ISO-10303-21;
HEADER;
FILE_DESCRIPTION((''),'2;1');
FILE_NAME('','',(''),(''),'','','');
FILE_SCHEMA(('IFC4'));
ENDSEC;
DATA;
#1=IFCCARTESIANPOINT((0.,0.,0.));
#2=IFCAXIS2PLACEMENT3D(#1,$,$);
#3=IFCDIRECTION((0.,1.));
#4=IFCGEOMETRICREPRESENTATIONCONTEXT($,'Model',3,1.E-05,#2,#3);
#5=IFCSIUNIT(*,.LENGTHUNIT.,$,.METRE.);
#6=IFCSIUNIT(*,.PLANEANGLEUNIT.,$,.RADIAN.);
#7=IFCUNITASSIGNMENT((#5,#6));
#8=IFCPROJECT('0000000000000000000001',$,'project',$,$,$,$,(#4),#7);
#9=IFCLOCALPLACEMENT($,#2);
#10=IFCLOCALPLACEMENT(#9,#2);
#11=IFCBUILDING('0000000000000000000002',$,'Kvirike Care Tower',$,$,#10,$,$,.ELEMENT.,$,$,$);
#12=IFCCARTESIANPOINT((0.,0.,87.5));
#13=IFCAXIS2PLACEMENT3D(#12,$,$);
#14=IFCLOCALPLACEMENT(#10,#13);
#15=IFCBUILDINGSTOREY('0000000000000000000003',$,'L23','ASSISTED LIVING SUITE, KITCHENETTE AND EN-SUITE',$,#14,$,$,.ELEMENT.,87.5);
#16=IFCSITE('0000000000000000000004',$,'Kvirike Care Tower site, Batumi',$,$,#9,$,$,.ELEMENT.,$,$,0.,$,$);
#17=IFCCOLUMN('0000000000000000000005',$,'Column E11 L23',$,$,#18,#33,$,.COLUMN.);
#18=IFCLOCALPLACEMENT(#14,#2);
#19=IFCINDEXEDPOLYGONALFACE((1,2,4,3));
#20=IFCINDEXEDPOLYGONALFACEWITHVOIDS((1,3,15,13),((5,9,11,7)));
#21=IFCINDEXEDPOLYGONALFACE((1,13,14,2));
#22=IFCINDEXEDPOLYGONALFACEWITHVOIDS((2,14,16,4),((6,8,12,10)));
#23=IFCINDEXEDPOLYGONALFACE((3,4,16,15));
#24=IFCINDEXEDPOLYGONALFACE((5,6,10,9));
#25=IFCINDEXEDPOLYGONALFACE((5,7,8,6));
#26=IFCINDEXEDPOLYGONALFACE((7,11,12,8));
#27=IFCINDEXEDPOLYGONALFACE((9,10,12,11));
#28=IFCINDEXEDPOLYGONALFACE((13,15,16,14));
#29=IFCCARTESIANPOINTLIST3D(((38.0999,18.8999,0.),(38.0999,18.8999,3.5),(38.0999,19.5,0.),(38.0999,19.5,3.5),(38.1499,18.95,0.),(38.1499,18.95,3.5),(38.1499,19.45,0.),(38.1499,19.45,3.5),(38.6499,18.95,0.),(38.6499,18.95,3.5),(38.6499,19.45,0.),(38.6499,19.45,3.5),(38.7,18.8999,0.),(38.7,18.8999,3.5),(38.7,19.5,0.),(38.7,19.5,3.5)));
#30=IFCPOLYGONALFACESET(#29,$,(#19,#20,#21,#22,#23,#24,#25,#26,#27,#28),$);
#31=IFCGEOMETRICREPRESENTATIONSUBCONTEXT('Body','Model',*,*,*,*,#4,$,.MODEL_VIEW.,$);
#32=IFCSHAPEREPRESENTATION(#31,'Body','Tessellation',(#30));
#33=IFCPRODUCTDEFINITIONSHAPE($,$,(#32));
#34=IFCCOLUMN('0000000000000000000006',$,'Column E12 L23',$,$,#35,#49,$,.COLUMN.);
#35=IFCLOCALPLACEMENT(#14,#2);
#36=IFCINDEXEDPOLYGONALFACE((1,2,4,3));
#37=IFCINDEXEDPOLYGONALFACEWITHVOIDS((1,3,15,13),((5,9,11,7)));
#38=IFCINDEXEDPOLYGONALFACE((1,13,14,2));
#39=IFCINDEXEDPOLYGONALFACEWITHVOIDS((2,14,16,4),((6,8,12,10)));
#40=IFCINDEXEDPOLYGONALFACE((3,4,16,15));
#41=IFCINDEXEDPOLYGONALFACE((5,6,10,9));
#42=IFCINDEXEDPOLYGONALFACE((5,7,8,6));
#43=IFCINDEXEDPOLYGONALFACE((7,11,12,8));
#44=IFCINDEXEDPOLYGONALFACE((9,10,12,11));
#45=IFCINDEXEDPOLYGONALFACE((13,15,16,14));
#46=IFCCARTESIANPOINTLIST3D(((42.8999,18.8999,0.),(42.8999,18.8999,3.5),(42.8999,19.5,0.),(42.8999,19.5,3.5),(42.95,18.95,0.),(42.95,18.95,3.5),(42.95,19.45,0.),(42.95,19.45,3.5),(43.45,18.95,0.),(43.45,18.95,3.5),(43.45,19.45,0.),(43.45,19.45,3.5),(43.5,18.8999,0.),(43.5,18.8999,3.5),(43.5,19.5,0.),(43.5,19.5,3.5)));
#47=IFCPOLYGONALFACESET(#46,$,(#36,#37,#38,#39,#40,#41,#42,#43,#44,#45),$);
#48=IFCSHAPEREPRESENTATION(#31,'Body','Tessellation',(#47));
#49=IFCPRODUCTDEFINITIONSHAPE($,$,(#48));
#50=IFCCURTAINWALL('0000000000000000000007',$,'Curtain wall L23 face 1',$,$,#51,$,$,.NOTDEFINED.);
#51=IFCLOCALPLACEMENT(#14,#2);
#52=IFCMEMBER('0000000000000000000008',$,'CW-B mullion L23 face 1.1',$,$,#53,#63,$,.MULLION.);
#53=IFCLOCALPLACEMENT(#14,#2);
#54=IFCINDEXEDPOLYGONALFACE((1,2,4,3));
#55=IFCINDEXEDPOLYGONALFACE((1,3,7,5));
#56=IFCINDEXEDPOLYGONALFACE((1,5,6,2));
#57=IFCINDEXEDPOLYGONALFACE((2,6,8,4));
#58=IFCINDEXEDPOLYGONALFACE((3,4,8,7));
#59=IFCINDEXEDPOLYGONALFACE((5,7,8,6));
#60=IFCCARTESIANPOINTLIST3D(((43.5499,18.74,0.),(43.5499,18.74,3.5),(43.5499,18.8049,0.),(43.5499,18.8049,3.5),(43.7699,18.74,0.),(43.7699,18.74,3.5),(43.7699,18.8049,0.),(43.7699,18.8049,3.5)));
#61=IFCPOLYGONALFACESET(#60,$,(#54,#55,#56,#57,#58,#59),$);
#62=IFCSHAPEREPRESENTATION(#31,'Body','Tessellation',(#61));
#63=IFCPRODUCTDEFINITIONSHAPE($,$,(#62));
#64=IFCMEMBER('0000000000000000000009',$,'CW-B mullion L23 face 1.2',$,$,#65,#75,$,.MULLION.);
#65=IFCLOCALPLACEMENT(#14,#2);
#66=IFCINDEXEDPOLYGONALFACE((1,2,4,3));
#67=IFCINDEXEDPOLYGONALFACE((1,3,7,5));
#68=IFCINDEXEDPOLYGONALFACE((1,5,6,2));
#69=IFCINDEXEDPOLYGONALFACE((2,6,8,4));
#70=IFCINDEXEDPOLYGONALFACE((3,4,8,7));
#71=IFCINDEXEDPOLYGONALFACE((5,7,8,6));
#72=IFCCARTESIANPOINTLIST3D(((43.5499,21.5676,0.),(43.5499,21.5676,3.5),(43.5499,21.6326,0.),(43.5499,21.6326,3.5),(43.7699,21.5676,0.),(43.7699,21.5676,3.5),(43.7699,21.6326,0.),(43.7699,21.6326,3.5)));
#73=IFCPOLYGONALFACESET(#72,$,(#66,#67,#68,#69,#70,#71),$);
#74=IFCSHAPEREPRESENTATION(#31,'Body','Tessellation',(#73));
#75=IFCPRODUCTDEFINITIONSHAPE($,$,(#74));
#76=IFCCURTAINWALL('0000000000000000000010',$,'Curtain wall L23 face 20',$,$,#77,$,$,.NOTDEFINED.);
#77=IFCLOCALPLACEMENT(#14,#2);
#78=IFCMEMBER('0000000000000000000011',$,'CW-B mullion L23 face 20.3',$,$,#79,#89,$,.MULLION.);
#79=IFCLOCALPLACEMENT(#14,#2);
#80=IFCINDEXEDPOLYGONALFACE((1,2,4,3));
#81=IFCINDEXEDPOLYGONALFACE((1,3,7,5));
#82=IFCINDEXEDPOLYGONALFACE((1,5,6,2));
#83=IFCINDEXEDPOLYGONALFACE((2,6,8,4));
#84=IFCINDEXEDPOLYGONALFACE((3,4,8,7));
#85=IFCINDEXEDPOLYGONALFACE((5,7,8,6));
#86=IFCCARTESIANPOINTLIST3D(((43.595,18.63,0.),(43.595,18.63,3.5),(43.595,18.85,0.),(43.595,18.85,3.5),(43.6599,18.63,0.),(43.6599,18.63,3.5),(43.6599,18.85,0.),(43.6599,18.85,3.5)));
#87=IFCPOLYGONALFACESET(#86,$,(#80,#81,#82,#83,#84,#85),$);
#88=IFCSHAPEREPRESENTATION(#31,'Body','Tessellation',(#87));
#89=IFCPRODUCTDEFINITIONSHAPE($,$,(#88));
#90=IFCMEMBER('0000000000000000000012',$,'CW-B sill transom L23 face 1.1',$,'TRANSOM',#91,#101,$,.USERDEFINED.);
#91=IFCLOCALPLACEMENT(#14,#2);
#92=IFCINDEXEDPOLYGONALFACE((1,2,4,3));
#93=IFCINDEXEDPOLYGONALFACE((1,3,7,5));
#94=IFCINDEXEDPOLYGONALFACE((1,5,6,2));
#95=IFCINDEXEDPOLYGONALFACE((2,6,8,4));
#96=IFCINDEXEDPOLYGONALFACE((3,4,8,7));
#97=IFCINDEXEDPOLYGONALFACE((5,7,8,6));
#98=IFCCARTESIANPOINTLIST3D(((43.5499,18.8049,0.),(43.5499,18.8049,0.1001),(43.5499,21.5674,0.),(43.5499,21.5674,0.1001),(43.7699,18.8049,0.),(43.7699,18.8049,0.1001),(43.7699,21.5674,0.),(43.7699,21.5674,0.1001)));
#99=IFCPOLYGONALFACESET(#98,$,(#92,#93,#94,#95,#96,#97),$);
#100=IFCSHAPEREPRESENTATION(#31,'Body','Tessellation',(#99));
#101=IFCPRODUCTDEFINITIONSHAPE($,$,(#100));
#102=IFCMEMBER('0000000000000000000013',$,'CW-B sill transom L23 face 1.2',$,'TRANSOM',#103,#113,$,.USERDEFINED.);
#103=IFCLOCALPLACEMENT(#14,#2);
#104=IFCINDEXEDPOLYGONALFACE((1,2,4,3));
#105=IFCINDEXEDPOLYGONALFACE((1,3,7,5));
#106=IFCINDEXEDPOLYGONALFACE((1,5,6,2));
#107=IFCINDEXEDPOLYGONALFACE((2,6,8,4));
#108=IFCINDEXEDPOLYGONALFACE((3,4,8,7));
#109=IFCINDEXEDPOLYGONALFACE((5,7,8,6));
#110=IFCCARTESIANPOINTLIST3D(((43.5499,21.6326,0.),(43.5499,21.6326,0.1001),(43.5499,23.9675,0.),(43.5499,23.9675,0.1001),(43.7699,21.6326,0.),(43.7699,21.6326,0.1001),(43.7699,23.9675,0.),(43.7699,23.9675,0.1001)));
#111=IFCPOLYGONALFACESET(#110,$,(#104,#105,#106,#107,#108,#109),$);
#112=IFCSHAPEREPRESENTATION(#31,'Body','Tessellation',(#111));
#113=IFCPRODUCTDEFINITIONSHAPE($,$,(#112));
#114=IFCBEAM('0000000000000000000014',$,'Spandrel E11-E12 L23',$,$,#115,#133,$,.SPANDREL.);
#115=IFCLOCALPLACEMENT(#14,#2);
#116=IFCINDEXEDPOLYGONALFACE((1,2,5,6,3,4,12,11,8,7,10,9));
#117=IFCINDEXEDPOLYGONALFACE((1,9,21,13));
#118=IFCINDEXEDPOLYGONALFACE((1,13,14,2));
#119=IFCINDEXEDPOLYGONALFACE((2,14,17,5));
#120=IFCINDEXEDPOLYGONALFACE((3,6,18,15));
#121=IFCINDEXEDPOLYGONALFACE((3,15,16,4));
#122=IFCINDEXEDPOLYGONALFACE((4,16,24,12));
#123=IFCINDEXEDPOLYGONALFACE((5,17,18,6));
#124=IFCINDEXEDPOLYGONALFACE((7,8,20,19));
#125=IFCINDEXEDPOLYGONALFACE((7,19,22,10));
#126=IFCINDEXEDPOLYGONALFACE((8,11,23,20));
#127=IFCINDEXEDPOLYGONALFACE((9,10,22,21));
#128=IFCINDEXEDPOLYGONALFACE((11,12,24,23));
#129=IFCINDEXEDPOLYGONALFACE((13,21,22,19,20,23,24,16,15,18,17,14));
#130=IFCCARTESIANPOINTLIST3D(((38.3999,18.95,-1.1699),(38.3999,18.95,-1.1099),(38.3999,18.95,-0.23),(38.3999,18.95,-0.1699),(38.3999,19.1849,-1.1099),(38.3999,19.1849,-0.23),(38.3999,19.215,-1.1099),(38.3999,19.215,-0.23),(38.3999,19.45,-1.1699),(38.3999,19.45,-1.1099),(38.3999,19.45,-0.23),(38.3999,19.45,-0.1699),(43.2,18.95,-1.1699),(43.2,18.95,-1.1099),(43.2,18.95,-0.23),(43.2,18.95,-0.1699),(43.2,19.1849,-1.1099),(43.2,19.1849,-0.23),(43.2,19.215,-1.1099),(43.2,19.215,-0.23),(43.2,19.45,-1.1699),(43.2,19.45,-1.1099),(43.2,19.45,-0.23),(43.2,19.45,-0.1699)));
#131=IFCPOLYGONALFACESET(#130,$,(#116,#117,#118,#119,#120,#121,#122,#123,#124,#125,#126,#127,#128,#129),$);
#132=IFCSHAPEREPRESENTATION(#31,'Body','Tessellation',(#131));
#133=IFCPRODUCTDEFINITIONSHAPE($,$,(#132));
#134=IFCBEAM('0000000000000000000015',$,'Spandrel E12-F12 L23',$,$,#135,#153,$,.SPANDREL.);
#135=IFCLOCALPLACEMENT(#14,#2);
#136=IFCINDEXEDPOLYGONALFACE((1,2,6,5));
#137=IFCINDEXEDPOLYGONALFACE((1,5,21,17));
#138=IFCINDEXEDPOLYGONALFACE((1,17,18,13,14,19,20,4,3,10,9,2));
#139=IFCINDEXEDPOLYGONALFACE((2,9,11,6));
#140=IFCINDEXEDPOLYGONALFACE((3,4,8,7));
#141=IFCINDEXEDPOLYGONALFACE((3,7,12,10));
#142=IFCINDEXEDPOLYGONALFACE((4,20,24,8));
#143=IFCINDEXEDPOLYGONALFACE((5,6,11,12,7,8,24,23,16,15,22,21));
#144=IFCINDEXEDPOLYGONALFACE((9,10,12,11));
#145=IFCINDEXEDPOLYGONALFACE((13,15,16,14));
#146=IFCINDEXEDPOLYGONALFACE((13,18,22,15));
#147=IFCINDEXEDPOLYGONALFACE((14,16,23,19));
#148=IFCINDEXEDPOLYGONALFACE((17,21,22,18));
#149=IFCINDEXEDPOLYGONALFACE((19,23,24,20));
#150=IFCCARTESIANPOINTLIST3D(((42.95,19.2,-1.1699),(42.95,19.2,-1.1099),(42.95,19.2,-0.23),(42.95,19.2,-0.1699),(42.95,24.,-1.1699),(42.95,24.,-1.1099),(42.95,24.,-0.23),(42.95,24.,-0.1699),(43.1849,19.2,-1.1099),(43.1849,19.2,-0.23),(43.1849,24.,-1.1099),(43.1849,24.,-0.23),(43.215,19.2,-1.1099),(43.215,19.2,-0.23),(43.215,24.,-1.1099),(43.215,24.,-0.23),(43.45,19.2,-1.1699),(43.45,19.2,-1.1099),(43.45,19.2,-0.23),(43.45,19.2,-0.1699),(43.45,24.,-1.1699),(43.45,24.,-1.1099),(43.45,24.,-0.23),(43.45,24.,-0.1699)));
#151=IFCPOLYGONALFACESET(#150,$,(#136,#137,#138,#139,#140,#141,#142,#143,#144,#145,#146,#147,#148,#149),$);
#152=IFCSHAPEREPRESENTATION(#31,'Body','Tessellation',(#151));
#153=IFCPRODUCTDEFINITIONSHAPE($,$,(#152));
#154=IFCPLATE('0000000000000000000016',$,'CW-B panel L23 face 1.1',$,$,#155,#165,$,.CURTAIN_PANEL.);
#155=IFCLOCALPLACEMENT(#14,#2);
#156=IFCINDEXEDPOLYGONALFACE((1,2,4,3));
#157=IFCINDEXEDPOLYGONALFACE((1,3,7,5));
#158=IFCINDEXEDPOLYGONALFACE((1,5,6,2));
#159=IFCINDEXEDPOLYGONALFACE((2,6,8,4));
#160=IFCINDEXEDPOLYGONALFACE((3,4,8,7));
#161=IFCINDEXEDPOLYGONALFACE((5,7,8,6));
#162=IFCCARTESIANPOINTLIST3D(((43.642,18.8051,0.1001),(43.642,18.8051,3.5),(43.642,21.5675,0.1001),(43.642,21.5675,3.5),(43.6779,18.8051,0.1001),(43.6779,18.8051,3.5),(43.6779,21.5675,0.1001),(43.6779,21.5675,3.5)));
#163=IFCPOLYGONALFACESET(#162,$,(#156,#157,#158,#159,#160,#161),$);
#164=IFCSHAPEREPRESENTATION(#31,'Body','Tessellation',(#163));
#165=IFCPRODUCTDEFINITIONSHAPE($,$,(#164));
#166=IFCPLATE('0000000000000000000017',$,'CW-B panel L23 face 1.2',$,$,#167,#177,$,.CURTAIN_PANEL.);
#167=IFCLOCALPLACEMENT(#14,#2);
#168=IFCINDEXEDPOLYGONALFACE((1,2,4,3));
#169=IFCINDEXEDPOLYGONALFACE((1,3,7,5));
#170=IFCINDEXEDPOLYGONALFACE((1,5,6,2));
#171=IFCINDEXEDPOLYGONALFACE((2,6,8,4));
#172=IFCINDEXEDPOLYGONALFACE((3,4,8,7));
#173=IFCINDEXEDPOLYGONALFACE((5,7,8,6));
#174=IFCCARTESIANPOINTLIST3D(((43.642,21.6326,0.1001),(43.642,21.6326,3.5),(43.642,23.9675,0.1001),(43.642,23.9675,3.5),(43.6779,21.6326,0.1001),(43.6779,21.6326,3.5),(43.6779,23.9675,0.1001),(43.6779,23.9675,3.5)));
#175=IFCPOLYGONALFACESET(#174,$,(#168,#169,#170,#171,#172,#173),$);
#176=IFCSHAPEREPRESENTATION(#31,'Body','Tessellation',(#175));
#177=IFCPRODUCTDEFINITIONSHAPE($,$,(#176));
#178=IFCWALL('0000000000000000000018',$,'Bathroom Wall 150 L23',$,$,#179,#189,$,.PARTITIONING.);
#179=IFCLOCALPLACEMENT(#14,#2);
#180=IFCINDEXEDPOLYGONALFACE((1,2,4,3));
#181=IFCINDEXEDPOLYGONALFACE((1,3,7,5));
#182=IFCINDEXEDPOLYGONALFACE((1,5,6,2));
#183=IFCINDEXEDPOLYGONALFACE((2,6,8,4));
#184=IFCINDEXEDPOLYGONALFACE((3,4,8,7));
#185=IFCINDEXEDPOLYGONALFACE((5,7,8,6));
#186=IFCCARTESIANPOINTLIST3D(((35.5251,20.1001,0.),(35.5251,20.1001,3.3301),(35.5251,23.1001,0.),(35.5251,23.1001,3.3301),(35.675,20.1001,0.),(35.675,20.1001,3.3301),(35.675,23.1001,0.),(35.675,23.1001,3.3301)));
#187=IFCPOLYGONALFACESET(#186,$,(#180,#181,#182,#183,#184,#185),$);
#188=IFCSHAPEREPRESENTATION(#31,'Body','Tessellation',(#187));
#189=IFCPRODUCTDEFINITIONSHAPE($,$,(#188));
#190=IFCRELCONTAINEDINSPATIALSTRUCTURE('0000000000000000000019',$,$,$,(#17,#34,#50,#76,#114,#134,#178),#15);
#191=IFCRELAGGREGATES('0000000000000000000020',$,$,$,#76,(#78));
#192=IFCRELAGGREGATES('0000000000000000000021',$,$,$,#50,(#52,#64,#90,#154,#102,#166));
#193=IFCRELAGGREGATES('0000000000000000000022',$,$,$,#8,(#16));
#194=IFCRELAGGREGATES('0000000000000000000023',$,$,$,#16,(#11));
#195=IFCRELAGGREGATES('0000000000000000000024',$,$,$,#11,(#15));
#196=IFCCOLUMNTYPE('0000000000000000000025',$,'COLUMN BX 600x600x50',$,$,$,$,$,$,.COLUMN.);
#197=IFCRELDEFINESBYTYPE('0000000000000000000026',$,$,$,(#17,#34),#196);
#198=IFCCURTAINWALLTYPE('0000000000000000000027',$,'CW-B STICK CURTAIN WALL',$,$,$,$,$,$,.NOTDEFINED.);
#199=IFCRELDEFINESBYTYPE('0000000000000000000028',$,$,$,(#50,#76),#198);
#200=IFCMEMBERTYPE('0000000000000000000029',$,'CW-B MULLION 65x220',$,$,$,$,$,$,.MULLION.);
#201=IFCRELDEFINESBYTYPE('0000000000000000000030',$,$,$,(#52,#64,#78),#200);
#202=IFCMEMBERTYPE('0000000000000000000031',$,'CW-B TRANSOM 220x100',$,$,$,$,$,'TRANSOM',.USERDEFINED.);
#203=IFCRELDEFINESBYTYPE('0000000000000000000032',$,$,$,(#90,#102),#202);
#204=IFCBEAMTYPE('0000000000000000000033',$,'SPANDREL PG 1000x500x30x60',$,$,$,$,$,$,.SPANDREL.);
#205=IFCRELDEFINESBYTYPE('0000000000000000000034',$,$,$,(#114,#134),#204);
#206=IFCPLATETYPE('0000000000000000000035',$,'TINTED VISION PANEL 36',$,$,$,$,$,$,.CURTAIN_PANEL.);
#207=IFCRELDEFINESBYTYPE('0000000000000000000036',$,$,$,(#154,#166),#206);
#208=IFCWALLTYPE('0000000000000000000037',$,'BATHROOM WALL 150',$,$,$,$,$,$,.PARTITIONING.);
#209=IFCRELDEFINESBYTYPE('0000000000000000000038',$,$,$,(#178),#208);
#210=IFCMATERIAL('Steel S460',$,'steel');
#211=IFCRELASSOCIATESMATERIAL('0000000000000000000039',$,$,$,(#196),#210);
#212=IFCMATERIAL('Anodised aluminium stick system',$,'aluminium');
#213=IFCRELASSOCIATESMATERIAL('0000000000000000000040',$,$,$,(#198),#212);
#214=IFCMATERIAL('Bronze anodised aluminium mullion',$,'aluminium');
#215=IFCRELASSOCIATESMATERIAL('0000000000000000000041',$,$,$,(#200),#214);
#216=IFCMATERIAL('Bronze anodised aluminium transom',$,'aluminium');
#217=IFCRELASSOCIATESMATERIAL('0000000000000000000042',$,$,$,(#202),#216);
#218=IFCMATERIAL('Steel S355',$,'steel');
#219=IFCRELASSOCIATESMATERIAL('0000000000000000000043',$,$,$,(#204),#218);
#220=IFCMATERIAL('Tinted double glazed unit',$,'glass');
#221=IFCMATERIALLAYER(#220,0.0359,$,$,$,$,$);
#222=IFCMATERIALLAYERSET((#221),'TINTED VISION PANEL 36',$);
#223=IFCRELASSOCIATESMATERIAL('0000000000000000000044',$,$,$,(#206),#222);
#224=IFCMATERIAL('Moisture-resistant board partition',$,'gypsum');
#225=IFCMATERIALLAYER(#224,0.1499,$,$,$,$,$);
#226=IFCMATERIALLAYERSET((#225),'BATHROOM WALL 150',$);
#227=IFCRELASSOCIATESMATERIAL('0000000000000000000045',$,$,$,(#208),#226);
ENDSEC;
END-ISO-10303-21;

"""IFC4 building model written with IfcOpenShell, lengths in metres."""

from ifc_helpers import new_model, si_unit, direction, frame, frame_2d, origin, origin_2d, place, context, subcontext, project, spatial, rectangle, hollow_rectangle, i_section, extrude, material, layer, layer_set, material_profile, profile_set, type_object, element, aggregate, save


model = new_model("IFC4")

# Units and contexts
model_context = context("Model", 3, precision=1e-05, world=origin(), true_north=direction((0.0, 1.0)))
body_context = subcontext(model_context, "Body", "Model", "MODEL_VIEW")
ifc_project = project(units=[si_unit("LENGTHUNIT", "METRE"), si_unit("PLANEANGLEUNIT", "RADIAN")], contexts=[model_context])

# Site, building, storey
site_placement = place(None, origin())
site = spatial("IfcSite", under=ifc_project, at=site_placement, Name="Kvirike Care Tower site, Batumi", CompositionType="ELEMENT", RefElevation=0.0)
building_placement = place(site_placement, origin())
building = spatial("IfcBuilding", under=site, at=building_placement, Name="Kvirike Care Tower", CompositionType="ELEMENT")
storey_placement = place(building_placement, frame((0.0, 0.0, 87.5)))
storey = spatial("IfcBuildingStorey", under=building, at=storey_placement, Name="L23", Description="ASSISTED LIVING SUITE, KITCHENETTE AND EN-SUITE", CompositionType="ELEMENT", Elevation=87.5)

# Columns
ifc_material_1 = material(Name="Steel S460", Category="steel")
ifc_material_profile_1 = material_profile(ifc_material_1, hollow_rectangle(XDim=0.6001, YDim=0.6001, WallThickness=0.05, at=origin_2d()), Name="BX 600x600x50")
ifc_profile_set_1 = profile_set([ifc_material_profile_1], Name="Steel S460")
column_type = type_object("IfcColumnType", Name="COLUMN BX 600x600x50", PredefinedType="COLUMN", material=ifc_profile_set_1)
for number, where, z_axis, x_axis, name in (
    (1, (38.3999, 19.2, 0.0), (0.0, 0.0, 1.0), (0.0, 1.0, 0.0), "Column E11 L23"),
    (2, (43.2, 19.2, 0.0), (0.0, 0.0, 1.0), (0.0, 1.0, 0.0), "Column E12 L23"),
):
    element("IfcColumn", number, at=place(storey_placement, frame(where, z_axis=z_axis, x_axis=x_axis)), inside=storey, type_object=column_type, Name=name, PredefinedType="COLUMN", context=body_context, shape_type="SweptSolid", body=[
        extrude(hollow_rectangle(XDim=0.6001, YDim=0.6001, WallThickness=0.05, at=origin_2d()), origin(), (0.0, 0.0, 1.0), 3.5),
    ])

# Curtain wall, members
ifc_material_2 = material(Name="Anodised aluminium stick system", Category="aluminium")
curtain_wall_type = type_object("IfcCurtainWallType", Name="CW-B STICK CURTAIN WALL", PredefinedType="NOTDEFINED", material=ifc_material_2)
curtain_wall_1_placement = place(storey_placement, origin())
curtain_wall_1 = element("IfcCurtainWall", 3, at=curtain_wall_1_placement, inside=storey, type_object=curtain_wall_type, Name="Curtain wall L23 face 1", PredefinedType="NOTDEFINED")
ifc_material_3 = material(Name="Bronze anodised aluminium mullion", Category="aluminium")
ifc_material_profile_2 = material_profile(ifc_material_3, rectangle(XDim=0.0649, YDim=0.22, at=origin_2d()), Name="CW-B MULLION 65x220")
ifc_profile_set_2 = profile_set([ifc_material_profile_2], Name="Bronze anodised aluminium mullion")
member_type_1 = type_object("IfcMemberType", Name="CW-B MULLION 65x220", PredefinedType="MULLION", material=ifc_profile_set_2)
member_1_placement = place(storey_placement, frame((43.6599, 18.7725, 0.0), z_axis=(0.0, 0.0, 1.0), x_axis=(0.0, 1.0, 0.0)))
member_1 = element("IfcMember", 4, at=member_1_placement, type_object=member_type_1, Name="CW-B mullion L23 face 1.1", PredefinedType="MULLION", context=body_context, shape_type="SweptSolid", body=[
    extrude(rectangle(XDim=0.0649, YDim=0.22, at=origin_2d()), origin(), (0.0, 0.0, 1.0), 3.5),
])
member_2_placement = place(storey_placement, frame((43.6599, 21.6001, 0.0), z_axis=(0.0, 0.0, 1.0), x_axis=(0.0, 1.0, 0.0)))
member_2 = element("IfcMember", 5, at=member_2_placement, type_object=member_type_1, Name="CW-B mullion L23 face 1.2", PredefinedType="MULLION", context=body_context, shape_type="SweptSolid", body=[
    extrude(rectangle(XDim=0.0649, YDim=0.22, at=origin_2d()), origin(), (0.0, 0.0, 1.0), 3.5),
])

# Curtain wall, member
curtain_wall_2_placement = place(storey_placement, origin())
curtain_wall_2 = element("IfcCurtainWall", 6, at=curtain_wall_2_placement, inside=storey, type_object=curtain_wall_type, Name="Curtain wall L23 face 20", PredefinedType="NOTDEFINED")
member_3_placement = place(storey_placement, frame((43.6274, 18.74, 0.0), z_axis=(0.0, 0.0, 1.0), x_axis=(1.0, 0.0, 0.0)))
member_3 = element("IfcMember", 7, at=member_3_placement, type_object=member_type_1, Name="CW-B mullion L23 face 20.3", PredefinedType="MULLION", context=body_context, shape_type="SweptSolid", body=[
    extrude(rectangle(XDim=0.0649, YDim=0.22, at=origin_2d()), origin(), (0.0, 0.0, 1.0), 3.5),
])
aggregate(curtain_wall_2, [member_3])

# Members
ifc_material_4 = material(Name="Bronze anodised aluminium transom", Category="aluminium")
ifc_material_profile_3 = material_profile(ifc_material_4, rectangle(XDim=0.22, YDim=0.1001, at=origin_2d()), Name="CW-B TRANSOM 220x100")
ifc_profile_set_3 = profile_set([ifc_material_profile_3], Name="Bronze anodised aluminium transom")
member_type_2 = type_object("IfcMemberType", Name="CW-B TRANSOM 220x100", ElementType="TRANSOM", PredefinedType="USERDEFINED", material=ifc_profile_set_3)
member_4_placement = place(storey_placement, frame((43.6599, 18.8049, 0.05), z_axis=(0.0, 1.0, 0.0), x_axis=(-1.0, 0.0, 0.0)))
member_4 = element("IfcMember", 8, at=member_4_placement, type_object=member_type_2, Name="CW-B sill transom L23 face 1.1", ObjectType="TRANSOM", PredefinedType="USERDEFINED", context=body_context, shape_type="SweptSolid", body=[
    extrude(rectangle(XDim=0.22, YDim=0.1001, at=origin_2d()), origin(), (0.0, 0.0, 1.0), 2.7625),
])
member_5_placement = place(storey_placement, frame((43.6599, 21.6326, 0.05), z_axis=(0.0, 1.0, 0.0), x_axis=(-1.0, 0.0, 0.0)))
member_5 = element("IfcMember", 9, at=member_5_placement, type_object=member_type_2, Name="CW-B sill transom L23 face 1.2", ObjectType="TRANSOM", PredefinedType="USERDEFINED", context=body_context, shape_type="SweptSolid", body=[
    extrude(rectangle(XDim=0.22, YDim=0.1001, at=origin_2d()), origin(), (0.0, 0.0, 1.0), 2.335),
])

# Beams
ifc_material_5 = material(Name="Steel S355", Category="steel")
ifc_material_profile_4 = material_profile(ifc_material_5, i_section(OverallWidth=0.5, OverallDepth=1.0, WebThickness=0.03, FlangeThickness=0.0601, at=origin_2d()), Name="PG 1000x500x30x60")
ifc_profile_set_4 = profile_set([ifc_material_profile_4], Name="Steel S355")
beam_type = type_object("IfcBeamType", Name="SPANDREL PG 1000x500x30x60", PredefinedType="SPANDREL", material=ifc_profile_set_4)
for number, where, z_axis, x_axis, name in (
    (10, (38.3999, 19.2, -0.6699), (1.0, 0.0, 0.0), (0.0, 1.0, 0.0), "Spandrel E11-E12 L23"),
    (11, (43.2, 19.2, -0.6699), (0.0, 1.0, 0.0), (-1.0, 0.0, 0.0), "Spandrel E12-F12 L23"),
):
    element("IfcBeam", number, at=place(storey_placement, frame(where, z_axis=z_axis, x_axis=x_axis)), inside=storey, type_object=beam_type, Name=name, PredefinedType="SPANDREL", context=body_context, shape_type="SweptSolid", body=[
        extrude(i_section(OverallWidth=0.5, OverallDepth=1.0, WebThickness=0.03, FlangeThickness=0.0601, at=origin_2d()), origin(), (0.0, 0.0, 1.0), 4.8),
    ])

# Plates
ifc_material_6 = material(Name="Tinted double glazed unit", Category="glass")
ifc_layer_1 = layer(ifc_material_6, 0.0359)
ifc_layer_set_1 = layer_set([ifc_layer_1], Name="TINTED VISION PANEL 36")
plate_type = type_object("IfcPlateType", Name="TINTED VISION PANEL 36", PredefinedType="CURTAIN_PANEL", material=ifc_layer_set_1)
plate_1_placement = place(storey_placement, frame((43.6599, 20.1863, 0.1001), z_axis=(0.0, 0.0, 1.0), x_axis=(0.0, 1.0, 0.0)))
plate_1 = element("IfcPlate", 12, at=plate_1_placement, type_object=plate_type, Name="CW-B panel L23 face 1.1", PredefinedType="CURTAIN_PANEL", context=body_context, shape_type="SweptSolid", body=[
    extrude(rectangle(XDim=2.7625, YDim=0.0359, at=origin_2d()), origin(), (0.0, 0.0, 1.0), 3.3999),
])
plate_2_placement = place(storey_placement, frame((43.6599, 22.8, 0.1001), z_axis=(0.0, 0.0, 1.0), x_axis=(0.0, 1.0, 0.0)))
plate_2 = element("IfcPlate", 13, at=plate_2_placement, type_object=plate_type, Name="CW-B panel L23 face 1.2", PredefinedType="CURTAIN_PANEL", context=body_context, shape_type="SweptSolid", body=[
    extrude(rectangle(XDim=2.335, YDim=0.0359, at=origin_2d()), origin(), (0.0, 0.0, 1.0), 3.3999),
])
aggregate(curtain_wall_1, [member_1, member_2, member_4, plate_1, member_5, plate_2])

# Wall
ifc_material_7 = material(Name="Moisture-resistant board partition", Category="gypsum")
ifc_layer_2 = layer(ifc_material_7, 0.1499)
ifc_layer_set_2 = layer_set([ifc_layer_2], Name="BATHROOM WALL 150")
wall_type_1 = type_object("IfcWallType", Name="BATHROOM WALL 150", PredefinedType="PARTITIONING", material=ifc_layer_set_2)
wall_1_placement = place(storey_placement, frame((35.6001, 20.1001, 0.0), z_axis=(0.0, 0.0, 1.0), x_axis=(0.0, 1.0, 0.0)))
element("IfcWall", 14, at=wall_1_placement, inside=storey, type_object=wall_type_1, Name="Bathroom Wall 150 L23", PredefinedType="PARTITIONING", context=body_context, shape_type="SweptSolid", body=[
    extrude(rectangle(XDim=3.0, YDim=0.1499, at=frame_2d((1.5, 0.0))), origin(), (0.0, 0.0, 1.0), 3.3301),
])

save(model, "model.ifc")
